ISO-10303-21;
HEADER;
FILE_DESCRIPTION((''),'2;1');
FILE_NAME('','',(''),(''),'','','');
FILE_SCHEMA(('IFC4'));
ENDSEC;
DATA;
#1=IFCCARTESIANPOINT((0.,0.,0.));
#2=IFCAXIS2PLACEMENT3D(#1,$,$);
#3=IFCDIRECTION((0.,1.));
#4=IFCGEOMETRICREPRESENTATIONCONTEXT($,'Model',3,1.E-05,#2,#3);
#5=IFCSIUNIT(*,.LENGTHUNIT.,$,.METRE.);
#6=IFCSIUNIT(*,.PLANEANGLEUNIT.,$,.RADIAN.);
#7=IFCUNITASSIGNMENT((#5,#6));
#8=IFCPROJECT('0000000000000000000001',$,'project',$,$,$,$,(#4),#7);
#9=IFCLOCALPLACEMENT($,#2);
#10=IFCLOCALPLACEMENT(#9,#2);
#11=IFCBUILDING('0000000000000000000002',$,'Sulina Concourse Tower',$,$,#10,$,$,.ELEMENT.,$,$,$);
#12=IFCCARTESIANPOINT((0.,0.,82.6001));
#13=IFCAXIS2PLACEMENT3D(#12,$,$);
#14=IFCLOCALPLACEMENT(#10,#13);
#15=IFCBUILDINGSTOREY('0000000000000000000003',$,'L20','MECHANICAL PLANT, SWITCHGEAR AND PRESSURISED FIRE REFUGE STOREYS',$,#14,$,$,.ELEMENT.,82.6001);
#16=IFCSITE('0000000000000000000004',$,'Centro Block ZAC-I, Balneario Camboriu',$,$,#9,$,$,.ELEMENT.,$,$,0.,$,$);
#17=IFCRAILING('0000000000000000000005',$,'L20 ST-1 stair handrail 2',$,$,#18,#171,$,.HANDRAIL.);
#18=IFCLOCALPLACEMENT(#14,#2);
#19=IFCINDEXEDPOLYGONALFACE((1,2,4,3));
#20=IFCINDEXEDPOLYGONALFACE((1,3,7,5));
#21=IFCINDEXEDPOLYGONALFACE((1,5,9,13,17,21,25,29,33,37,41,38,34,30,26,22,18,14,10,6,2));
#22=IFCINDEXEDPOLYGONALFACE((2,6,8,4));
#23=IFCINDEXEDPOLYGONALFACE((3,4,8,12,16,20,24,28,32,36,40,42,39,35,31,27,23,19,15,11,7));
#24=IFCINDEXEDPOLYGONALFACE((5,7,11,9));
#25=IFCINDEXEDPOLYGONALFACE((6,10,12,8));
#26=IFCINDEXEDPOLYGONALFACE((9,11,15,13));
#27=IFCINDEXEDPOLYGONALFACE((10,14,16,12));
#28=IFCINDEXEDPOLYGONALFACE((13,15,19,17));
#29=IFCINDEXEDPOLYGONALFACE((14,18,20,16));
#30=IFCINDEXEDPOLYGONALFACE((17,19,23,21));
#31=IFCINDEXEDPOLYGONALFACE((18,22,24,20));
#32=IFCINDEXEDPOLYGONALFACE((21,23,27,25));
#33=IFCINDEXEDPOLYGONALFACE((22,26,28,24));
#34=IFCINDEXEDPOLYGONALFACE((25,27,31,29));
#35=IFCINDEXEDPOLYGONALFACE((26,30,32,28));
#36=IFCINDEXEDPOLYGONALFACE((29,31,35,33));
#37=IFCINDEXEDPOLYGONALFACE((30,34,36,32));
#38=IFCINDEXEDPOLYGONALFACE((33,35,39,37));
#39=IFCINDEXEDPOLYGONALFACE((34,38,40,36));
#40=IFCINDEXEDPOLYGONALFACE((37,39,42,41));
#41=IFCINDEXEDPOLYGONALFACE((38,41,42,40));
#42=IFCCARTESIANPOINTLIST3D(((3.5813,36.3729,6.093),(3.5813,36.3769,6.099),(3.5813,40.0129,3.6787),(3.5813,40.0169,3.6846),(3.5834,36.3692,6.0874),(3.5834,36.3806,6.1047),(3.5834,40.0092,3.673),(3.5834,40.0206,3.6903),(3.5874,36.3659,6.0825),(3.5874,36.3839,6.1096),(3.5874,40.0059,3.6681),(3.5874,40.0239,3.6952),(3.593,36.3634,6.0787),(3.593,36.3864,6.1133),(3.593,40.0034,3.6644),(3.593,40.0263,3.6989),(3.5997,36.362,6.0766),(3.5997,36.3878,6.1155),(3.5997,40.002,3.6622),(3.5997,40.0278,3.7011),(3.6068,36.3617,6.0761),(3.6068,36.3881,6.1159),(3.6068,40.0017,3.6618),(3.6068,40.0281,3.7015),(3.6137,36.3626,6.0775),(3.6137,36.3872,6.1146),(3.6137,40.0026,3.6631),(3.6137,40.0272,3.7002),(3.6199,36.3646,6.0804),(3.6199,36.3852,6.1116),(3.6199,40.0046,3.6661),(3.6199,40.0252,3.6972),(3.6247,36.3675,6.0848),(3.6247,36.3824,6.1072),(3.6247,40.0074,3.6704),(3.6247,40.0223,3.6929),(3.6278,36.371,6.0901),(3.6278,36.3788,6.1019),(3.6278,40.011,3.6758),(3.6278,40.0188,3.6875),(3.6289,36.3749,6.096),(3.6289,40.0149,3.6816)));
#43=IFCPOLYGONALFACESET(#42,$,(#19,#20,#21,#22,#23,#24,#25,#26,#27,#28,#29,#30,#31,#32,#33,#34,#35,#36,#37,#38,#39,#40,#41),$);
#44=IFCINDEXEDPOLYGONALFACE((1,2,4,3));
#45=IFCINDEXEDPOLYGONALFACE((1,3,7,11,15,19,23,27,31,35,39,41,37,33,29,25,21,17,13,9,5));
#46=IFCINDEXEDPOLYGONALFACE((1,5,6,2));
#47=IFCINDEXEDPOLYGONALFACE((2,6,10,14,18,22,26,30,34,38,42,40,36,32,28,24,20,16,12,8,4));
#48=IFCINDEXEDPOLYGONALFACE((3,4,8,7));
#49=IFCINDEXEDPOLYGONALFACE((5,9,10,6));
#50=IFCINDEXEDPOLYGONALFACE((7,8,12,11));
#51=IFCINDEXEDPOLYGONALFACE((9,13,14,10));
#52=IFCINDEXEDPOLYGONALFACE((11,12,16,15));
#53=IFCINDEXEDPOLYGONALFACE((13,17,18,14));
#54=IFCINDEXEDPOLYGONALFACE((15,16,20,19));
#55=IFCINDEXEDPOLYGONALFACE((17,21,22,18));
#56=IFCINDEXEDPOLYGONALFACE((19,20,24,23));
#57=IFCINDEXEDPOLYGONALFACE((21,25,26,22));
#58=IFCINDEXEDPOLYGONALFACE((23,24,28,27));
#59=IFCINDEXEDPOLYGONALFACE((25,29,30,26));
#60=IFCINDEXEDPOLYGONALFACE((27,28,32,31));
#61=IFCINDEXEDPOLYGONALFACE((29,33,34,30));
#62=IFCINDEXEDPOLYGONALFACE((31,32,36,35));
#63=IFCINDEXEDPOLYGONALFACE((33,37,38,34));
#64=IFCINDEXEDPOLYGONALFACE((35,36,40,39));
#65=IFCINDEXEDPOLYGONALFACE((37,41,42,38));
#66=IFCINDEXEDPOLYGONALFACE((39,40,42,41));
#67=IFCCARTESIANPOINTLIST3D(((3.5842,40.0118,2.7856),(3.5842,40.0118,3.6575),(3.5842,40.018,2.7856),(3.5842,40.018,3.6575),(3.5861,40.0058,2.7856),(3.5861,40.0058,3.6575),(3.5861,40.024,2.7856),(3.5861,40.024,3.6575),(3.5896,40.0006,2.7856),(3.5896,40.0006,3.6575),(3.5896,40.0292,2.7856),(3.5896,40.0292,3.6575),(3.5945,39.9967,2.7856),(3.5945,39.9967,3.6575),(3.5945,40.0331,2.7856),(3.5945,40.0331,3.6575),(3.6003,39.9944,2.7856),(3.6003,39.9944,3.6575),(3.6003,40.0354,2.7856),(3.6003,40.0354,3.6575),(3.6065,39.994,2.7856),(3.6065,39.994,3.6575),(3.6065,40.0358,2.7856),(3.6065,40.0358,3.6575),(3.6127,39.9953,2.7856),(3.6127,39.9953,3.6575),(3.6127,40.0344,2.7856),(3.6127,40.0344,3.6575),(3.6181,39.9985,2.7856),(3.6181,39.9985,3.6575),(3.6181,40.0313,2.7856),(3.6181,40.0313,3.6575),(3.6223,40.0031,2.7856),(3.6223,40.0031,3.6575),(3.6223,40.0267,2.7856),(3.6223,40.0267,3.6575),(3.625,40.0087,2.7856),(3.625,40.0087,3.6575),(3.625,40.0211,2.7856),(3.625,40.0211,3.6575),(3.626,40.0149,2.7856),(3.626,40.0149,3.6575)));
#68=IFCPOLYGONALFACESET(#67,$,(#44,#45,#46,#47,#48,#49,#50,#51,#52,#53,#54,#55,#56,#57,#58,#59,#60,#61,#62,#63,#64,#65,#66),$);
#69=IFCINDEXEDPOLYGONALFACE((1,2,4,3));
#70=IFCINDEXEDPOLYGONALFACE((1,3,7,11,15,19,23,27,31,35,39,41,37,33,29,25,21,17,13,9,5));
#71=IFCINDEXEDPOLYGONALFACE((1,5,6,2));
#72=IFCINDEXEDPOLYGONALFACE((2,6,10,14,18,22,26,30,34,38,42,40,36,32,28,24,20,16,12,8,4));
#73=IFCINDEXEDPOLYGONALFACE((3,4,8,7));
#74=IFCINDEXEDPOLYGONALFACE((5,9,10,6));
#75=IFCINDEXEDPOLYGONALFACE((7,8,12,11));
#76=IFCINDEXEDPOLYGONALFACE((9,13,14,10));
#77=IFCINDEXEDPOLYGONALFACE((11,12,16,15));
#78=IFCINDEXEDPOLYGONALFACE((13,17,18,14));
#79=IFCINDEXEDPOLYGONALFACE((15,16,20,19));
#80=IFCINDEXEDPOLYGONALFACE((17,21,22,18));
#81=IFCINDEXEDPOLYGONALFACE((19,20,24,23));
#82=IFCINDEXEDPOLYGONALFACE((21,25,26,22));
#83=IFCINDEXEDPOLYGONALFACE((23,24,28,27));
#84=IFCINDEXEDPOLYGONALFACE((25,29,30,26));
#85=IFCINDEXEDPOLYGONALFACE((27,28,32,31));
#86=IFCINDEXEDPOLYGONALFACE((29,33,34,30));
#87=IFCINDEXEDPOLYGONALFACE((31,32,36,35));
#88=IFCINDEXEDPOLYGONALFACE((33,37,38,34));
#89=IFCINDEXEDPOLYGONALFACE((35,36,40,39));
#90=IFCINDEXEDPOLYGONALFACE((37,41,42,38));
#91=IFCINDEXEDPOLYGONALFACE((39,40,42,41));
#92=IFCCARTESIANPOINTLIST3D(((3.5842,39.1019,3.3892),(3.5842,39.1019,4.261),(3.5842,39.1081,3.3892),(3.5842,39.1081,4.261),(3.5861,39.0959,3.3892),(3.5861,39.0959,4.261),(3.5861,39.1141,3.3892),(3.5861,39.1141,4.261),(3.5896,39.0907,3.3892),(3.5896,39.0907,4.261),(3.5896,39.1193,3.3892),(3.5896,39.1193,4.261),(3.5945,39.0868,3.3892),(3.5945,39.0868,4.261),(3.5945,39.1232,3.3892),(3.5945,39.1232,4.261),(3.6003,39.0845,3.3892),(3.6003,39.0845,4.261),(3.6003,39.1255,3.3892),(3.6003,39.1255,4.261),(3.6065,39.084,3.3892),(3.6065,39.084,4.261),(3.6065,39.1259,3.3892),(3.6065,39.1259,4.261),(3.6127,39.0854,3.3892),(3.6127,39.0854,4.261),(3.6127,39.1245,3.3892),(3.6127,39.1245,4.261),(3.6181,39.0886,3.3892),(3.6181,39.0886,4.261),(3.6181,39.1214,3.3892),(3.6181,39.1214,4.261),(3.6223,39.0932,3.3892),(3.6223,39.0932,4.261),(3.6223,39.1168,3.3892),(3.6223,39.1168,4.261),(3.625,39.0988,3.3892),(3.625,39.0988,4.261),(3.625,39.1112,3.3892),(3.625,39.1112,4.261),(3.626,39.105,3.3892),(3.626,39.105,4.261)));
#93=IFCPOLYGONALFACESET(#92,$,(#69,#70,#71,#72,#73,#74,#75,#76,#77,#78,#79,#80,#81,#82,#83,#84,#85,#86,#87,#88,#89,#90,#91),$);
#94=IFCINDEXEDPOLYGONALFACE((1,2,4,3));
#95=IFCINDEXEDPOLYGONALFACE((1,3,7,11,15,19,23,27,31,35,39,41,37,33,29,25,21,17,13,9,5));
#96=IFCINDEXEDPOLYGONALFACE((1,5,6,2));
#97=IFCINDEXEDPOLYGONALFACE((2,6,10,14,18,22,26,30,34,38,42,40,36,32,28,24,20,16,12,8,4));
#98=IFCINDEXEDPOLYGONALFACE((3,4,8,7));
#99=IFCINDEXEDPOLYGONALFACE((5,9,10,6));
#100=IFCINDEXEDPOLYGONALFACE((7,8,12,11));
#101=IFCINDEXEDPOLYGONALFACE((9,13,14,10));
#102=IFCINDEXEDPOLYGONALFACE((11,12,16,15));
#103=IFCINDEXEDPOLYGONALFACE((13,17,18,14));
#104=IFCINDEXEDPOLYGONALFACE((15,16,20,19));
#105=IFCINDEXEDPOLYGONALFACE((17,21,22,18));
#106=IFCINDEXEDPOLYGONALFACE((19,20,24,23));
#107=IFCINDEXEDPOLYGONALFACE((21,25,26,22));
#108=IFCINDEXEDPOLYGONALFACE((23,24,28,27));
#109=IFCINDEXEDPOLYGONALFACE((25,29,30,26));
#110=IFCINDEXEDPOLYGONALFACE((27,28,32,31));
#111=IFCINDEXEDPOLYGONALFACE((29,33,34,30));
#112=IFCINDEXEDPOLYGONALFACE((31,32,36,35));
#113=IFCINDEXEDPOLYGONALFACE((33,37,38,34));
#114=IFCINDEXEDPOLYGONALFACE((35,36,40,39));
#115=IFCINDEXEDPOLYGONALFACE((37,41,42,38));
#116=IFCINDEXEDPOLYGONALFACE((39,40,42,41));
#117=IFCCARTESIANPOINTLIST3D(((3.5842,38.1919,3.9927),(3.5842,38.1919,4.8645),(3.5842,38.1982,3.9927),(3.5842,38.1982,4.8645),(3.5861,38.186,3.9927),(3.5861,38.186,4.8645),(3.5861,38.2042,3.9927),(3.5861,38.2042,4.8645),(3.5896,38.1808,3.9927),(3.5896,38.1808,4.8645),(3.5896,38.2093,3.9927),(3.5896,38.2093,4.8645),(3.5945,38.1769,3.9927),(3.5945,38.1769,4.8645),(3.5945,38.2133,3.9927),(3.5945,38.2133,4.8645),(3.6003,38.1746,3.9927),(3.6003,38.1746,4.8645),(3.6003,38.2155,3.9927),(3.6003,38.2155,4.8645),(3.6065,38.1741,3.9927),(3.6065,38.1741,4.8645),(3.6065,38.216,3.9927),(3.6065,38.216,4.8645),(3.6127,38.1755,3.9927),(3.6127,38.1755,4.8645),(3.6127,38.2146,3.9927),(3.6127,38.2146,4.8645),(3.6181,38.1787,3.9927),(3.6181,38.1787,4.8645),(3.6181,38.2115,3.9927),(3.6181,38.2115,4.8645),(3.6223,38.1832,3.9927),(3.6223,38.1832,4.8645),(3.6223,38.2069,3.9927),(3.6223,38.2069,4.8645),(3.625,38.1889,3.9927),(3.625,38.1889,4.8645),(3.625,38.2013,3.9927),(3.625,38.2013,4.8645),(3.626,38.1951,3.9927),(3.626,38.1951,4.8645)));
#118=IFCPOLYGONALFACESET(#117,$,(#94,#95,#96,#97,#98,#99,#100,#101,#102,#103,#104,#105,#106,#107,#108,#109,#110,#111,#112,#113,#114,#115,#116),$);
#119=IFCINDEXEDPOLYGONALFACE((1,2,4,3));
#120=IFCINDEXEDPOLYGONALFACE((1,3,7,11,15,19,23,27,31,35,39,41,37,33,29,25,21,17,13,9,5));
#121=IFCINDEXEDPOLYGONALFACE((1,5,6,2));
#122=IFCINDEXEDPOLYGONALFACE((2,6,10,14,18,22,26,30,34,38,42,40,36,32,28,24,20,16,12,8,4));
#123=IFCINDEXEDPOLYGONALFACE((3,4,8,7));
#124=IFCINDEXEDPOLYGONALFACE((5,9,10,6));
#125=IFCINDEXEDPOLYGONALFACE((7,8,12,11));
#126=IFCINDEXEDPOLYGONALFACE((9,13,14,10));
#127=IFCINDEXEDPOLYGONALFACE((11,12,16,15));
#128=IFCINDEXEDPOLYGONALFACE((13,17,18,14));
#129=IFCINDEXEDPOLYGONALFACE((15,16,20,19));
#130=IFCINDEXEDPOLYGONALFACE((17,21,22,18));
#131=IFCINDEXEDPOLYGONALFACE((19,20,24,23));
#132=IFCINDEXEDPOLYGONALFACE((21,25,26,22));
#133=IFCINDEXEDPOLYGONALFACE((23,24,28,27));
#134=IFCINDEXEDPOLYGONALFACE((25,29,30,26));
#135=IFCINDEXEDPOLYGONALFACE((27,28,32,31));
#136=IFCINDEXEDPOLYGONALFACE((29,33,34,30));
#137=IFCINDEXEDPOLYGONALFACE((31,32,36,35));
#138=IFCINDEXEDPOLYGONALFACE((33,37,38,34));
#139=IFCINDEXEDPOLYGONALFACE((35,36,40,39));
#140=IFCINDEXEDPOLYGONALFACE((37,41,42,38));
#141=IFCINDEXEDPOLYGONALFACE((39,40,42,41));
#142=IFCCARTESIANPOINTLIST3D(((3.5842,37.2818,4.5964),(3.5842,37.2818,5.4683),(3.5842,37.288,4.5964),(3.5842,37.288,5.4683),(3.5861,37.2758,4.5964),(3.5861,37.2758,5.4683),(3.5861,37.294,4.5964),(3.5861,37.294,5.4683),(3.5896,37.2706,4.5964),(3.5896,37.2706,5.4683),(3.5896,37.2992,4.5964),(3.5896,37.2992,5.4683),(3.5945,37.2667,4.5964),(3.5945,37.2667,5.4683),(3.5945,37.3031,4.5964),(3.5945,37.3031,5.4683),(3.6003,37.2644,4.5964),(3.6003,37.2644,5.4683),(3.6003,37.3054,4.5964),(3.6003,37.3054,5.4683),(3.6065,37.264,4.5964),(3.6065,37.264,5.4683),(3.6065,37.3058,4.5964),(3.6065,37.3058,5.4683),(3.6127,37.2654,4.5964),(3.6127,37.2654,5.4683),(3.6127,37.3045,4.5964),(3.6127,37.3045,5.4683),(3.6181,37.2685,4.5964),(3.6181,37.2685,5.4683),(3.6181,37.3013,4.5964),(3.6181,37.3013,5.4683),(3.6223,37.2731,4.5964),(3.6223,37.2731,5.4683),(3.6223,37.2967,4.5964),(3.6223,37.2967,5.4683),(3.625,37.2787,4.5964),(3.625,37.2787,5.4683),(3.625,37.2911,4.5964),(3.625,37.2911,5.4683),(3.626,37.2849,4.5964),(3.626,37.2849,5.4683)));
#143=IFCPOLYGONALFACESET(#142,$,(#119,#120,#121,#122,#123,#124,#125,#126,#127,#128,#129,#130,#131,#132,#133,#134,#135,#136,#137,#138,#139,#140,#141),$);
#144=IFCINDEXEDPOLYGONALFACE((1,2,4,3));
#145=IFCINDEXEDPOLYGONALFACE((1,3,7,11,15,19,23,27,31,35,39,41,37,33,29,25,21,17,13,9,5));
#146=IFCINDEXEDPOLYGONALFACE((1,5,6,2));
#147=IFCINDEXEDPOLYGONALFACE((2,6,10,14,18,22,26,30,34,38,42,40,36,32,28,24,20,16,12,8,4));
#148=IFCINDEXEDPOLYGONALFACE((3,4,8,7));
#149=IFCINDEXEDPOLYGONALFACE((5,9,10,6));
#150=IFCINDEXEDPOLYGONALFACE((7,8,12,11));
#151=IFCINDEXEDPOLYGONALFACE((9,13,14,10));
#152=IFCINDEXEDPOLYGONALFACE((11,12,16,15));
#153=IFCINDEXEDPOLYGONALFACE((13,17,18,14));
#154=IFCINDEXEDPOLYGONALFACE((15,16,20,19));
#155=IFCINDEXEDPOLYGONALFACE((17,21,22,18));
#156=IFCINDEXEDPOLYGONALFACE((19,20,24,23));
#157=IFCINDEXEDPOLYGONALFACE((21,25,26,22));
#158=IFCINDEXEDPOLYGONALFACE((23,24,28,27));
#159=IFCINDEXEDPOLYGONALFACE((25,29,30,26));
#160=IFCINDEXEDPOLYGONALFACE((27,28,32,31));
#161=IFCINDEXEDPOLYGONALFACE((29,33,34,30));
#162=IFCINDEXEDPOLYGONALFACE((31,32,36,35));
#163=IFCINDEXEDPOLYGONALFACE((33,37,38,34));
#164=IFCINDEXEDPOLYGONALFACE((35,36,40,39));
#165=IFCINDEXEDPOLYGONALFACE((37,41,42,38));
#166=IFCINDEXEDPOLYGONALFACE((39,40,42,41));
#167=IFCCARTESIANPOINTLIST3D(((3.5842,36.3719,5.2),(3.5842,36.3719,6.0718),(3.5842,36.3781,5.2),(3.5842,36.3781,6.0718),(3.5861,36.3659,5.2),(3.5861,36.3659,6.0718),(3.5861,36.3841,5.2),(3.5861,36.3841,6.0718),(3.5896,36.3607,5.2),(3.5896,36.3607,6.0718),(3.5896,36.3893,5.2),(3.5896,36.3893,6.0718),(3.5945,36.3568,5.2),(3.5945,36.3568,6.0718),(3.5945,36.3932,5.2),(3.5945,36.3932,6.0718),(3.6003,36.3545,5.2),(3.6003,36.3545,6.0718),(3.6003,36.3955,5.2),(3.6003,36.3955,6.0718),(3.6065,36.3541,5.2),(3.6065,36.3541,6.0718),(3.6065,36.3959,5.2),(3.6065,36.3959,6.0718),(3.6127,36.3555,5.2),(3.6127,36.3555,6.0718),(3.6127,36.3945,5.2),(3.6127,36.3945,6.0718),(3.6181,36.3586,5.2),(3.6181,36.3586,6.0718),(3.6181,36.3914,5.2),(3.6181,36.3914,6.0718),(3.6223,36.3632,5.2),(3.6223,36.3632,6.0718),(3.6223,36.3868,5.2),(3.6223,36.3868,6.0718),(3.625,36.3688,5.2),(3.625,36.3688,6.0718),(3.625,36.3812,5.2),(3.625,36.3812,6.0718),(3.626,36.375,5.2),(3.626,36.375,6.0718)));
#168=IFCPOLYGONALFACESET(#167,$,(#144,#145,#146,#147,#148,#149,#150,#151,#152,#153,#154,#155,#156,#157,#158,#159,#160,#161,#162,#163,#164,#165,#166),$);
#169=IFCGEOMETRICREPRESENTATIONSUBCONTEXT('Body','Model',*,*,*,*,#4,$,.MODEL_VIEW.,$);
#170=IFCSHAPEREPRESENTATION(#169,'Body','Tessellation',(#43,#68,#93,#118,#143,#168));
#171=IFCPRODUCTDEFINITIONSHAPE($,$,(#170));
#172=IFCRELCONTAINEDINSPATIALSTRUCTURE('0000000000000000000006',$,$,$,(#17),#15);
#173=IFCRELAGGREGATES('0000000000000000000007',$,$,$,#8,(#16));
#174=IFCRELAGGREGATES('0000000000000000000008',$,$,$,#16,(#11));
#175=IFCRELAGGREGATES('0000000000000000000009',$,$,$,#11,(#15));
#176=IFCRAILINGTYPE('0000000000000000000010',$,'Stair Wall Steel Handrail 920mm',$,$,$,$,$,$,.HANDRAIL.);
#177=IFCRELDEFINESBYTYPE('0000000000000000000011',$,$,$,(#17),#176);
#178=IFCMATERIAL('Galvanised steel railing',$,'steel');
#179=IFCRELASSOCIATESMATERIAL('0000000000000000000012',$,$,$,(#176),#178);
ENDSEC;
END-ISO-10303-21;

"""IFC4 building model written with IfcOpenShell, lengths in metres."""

from ifc_helpers import new_model, si_unit, direction, frame, origin, origin_2d, place, context, subcontext, project, spatial, circle, extrude, material, type_object, element, save


model = new_model("IFC4")

# Units and contexts
model_context = context("Model", 3, precision=1e-05, world=origin(), true_north=direction((0.0, 1.0)))
body_context = subcontext(model_context, "Body", "Model", "MODEL_VIEW")
ifc_project = project(units=[si_unit("LENGTHUNIT", "METRE"), si_unit("PLANEANGLEUNIT", "RADIAN")], contexts=[model_context])

# Site, building, storey
site_placement = place(None, origin())
site = spatial("IfcSite", under=ifc_project, at=site_placement, Name="Centro Block ZAC-I, Balneario Camboriu", CompositionType="ELEMENT", RefElevation=0.0)
building_placement = place(site_placement, origin())
building = spatial("IfcBuilding", under=site, at=building_placement, Name="Sulina Concourse Tower", CompositionType="ELEMENT")
storey_placement = place(building_placement, frame((0.0, 0.0, 82.6001)))
storey = spatial("IfcBuildingStorey", under=building, at=storey_placement, Name="L20", Description="MECHANICAL PLANT, SWITCHGEAR AND PRESSURISED FIRE REFUGE STOREYS", CompositionType="ELEMENT", Elevation=82.6001)

# Railing
ifc_material_1 = material(Name="Galvanised steel railing", Category="steel")
railing_type_1 = type_object("IfcRailingType", Name="Stair Wall Steel Handrail 920mm", PredefinedType="HANDRAIL", material=ifc_material_1)
railing_1_placement = place(storey_placement, frame((3.605, 40.0149, 2.7856)))
element("IfcRailing", 1, at=railing_1_placement, inside=storey, type_object=railing_type_1, Name="L20 ST-1 stair handrail 2", PredefinedType="HANDRAIL", context=body_context, shape_type="SweptSolid", body=[
    extrude(circle(Radius=0.0239, at=origin_2d()), frame((0.0, 0.0, 0.896), z_axis=(0.0, -0.833347, 0.552751), x_axis=(1.0, 0.0, 0.0)), (0.0, 0.0, 1.0), 4.3679),
    extrude(circle(Radius=0.021, at=origin_2d()), origin(), (0.0, 0.0, 1.0), 0.8718),
    extrude(circle(Radius=0.021, at=origin_2d()), frame((0.0, -0.9099, 0.6035)), (0.0, 0.0, 1.0), 0.8718),
    extrude(circle(Radius=0.021, at=origin_2d()), frame((0.0, -1.8198, 1.207)), (0.0, 0.0, 1.0), 0.8718),
    extrude(circle(Radius=0.021, at=origin_2d()), frame((0.0, -2.73, 1.8108)), (0.0, 0.0, 1.0), 0.8718),
    extrude(circle(Radius=0.021, at=origin_2d()), frame((0.0, -3.6399, 2.4143)), (0.0, 0.0, 1.0), 0.8718),
])

save(model, "model.ifc")
